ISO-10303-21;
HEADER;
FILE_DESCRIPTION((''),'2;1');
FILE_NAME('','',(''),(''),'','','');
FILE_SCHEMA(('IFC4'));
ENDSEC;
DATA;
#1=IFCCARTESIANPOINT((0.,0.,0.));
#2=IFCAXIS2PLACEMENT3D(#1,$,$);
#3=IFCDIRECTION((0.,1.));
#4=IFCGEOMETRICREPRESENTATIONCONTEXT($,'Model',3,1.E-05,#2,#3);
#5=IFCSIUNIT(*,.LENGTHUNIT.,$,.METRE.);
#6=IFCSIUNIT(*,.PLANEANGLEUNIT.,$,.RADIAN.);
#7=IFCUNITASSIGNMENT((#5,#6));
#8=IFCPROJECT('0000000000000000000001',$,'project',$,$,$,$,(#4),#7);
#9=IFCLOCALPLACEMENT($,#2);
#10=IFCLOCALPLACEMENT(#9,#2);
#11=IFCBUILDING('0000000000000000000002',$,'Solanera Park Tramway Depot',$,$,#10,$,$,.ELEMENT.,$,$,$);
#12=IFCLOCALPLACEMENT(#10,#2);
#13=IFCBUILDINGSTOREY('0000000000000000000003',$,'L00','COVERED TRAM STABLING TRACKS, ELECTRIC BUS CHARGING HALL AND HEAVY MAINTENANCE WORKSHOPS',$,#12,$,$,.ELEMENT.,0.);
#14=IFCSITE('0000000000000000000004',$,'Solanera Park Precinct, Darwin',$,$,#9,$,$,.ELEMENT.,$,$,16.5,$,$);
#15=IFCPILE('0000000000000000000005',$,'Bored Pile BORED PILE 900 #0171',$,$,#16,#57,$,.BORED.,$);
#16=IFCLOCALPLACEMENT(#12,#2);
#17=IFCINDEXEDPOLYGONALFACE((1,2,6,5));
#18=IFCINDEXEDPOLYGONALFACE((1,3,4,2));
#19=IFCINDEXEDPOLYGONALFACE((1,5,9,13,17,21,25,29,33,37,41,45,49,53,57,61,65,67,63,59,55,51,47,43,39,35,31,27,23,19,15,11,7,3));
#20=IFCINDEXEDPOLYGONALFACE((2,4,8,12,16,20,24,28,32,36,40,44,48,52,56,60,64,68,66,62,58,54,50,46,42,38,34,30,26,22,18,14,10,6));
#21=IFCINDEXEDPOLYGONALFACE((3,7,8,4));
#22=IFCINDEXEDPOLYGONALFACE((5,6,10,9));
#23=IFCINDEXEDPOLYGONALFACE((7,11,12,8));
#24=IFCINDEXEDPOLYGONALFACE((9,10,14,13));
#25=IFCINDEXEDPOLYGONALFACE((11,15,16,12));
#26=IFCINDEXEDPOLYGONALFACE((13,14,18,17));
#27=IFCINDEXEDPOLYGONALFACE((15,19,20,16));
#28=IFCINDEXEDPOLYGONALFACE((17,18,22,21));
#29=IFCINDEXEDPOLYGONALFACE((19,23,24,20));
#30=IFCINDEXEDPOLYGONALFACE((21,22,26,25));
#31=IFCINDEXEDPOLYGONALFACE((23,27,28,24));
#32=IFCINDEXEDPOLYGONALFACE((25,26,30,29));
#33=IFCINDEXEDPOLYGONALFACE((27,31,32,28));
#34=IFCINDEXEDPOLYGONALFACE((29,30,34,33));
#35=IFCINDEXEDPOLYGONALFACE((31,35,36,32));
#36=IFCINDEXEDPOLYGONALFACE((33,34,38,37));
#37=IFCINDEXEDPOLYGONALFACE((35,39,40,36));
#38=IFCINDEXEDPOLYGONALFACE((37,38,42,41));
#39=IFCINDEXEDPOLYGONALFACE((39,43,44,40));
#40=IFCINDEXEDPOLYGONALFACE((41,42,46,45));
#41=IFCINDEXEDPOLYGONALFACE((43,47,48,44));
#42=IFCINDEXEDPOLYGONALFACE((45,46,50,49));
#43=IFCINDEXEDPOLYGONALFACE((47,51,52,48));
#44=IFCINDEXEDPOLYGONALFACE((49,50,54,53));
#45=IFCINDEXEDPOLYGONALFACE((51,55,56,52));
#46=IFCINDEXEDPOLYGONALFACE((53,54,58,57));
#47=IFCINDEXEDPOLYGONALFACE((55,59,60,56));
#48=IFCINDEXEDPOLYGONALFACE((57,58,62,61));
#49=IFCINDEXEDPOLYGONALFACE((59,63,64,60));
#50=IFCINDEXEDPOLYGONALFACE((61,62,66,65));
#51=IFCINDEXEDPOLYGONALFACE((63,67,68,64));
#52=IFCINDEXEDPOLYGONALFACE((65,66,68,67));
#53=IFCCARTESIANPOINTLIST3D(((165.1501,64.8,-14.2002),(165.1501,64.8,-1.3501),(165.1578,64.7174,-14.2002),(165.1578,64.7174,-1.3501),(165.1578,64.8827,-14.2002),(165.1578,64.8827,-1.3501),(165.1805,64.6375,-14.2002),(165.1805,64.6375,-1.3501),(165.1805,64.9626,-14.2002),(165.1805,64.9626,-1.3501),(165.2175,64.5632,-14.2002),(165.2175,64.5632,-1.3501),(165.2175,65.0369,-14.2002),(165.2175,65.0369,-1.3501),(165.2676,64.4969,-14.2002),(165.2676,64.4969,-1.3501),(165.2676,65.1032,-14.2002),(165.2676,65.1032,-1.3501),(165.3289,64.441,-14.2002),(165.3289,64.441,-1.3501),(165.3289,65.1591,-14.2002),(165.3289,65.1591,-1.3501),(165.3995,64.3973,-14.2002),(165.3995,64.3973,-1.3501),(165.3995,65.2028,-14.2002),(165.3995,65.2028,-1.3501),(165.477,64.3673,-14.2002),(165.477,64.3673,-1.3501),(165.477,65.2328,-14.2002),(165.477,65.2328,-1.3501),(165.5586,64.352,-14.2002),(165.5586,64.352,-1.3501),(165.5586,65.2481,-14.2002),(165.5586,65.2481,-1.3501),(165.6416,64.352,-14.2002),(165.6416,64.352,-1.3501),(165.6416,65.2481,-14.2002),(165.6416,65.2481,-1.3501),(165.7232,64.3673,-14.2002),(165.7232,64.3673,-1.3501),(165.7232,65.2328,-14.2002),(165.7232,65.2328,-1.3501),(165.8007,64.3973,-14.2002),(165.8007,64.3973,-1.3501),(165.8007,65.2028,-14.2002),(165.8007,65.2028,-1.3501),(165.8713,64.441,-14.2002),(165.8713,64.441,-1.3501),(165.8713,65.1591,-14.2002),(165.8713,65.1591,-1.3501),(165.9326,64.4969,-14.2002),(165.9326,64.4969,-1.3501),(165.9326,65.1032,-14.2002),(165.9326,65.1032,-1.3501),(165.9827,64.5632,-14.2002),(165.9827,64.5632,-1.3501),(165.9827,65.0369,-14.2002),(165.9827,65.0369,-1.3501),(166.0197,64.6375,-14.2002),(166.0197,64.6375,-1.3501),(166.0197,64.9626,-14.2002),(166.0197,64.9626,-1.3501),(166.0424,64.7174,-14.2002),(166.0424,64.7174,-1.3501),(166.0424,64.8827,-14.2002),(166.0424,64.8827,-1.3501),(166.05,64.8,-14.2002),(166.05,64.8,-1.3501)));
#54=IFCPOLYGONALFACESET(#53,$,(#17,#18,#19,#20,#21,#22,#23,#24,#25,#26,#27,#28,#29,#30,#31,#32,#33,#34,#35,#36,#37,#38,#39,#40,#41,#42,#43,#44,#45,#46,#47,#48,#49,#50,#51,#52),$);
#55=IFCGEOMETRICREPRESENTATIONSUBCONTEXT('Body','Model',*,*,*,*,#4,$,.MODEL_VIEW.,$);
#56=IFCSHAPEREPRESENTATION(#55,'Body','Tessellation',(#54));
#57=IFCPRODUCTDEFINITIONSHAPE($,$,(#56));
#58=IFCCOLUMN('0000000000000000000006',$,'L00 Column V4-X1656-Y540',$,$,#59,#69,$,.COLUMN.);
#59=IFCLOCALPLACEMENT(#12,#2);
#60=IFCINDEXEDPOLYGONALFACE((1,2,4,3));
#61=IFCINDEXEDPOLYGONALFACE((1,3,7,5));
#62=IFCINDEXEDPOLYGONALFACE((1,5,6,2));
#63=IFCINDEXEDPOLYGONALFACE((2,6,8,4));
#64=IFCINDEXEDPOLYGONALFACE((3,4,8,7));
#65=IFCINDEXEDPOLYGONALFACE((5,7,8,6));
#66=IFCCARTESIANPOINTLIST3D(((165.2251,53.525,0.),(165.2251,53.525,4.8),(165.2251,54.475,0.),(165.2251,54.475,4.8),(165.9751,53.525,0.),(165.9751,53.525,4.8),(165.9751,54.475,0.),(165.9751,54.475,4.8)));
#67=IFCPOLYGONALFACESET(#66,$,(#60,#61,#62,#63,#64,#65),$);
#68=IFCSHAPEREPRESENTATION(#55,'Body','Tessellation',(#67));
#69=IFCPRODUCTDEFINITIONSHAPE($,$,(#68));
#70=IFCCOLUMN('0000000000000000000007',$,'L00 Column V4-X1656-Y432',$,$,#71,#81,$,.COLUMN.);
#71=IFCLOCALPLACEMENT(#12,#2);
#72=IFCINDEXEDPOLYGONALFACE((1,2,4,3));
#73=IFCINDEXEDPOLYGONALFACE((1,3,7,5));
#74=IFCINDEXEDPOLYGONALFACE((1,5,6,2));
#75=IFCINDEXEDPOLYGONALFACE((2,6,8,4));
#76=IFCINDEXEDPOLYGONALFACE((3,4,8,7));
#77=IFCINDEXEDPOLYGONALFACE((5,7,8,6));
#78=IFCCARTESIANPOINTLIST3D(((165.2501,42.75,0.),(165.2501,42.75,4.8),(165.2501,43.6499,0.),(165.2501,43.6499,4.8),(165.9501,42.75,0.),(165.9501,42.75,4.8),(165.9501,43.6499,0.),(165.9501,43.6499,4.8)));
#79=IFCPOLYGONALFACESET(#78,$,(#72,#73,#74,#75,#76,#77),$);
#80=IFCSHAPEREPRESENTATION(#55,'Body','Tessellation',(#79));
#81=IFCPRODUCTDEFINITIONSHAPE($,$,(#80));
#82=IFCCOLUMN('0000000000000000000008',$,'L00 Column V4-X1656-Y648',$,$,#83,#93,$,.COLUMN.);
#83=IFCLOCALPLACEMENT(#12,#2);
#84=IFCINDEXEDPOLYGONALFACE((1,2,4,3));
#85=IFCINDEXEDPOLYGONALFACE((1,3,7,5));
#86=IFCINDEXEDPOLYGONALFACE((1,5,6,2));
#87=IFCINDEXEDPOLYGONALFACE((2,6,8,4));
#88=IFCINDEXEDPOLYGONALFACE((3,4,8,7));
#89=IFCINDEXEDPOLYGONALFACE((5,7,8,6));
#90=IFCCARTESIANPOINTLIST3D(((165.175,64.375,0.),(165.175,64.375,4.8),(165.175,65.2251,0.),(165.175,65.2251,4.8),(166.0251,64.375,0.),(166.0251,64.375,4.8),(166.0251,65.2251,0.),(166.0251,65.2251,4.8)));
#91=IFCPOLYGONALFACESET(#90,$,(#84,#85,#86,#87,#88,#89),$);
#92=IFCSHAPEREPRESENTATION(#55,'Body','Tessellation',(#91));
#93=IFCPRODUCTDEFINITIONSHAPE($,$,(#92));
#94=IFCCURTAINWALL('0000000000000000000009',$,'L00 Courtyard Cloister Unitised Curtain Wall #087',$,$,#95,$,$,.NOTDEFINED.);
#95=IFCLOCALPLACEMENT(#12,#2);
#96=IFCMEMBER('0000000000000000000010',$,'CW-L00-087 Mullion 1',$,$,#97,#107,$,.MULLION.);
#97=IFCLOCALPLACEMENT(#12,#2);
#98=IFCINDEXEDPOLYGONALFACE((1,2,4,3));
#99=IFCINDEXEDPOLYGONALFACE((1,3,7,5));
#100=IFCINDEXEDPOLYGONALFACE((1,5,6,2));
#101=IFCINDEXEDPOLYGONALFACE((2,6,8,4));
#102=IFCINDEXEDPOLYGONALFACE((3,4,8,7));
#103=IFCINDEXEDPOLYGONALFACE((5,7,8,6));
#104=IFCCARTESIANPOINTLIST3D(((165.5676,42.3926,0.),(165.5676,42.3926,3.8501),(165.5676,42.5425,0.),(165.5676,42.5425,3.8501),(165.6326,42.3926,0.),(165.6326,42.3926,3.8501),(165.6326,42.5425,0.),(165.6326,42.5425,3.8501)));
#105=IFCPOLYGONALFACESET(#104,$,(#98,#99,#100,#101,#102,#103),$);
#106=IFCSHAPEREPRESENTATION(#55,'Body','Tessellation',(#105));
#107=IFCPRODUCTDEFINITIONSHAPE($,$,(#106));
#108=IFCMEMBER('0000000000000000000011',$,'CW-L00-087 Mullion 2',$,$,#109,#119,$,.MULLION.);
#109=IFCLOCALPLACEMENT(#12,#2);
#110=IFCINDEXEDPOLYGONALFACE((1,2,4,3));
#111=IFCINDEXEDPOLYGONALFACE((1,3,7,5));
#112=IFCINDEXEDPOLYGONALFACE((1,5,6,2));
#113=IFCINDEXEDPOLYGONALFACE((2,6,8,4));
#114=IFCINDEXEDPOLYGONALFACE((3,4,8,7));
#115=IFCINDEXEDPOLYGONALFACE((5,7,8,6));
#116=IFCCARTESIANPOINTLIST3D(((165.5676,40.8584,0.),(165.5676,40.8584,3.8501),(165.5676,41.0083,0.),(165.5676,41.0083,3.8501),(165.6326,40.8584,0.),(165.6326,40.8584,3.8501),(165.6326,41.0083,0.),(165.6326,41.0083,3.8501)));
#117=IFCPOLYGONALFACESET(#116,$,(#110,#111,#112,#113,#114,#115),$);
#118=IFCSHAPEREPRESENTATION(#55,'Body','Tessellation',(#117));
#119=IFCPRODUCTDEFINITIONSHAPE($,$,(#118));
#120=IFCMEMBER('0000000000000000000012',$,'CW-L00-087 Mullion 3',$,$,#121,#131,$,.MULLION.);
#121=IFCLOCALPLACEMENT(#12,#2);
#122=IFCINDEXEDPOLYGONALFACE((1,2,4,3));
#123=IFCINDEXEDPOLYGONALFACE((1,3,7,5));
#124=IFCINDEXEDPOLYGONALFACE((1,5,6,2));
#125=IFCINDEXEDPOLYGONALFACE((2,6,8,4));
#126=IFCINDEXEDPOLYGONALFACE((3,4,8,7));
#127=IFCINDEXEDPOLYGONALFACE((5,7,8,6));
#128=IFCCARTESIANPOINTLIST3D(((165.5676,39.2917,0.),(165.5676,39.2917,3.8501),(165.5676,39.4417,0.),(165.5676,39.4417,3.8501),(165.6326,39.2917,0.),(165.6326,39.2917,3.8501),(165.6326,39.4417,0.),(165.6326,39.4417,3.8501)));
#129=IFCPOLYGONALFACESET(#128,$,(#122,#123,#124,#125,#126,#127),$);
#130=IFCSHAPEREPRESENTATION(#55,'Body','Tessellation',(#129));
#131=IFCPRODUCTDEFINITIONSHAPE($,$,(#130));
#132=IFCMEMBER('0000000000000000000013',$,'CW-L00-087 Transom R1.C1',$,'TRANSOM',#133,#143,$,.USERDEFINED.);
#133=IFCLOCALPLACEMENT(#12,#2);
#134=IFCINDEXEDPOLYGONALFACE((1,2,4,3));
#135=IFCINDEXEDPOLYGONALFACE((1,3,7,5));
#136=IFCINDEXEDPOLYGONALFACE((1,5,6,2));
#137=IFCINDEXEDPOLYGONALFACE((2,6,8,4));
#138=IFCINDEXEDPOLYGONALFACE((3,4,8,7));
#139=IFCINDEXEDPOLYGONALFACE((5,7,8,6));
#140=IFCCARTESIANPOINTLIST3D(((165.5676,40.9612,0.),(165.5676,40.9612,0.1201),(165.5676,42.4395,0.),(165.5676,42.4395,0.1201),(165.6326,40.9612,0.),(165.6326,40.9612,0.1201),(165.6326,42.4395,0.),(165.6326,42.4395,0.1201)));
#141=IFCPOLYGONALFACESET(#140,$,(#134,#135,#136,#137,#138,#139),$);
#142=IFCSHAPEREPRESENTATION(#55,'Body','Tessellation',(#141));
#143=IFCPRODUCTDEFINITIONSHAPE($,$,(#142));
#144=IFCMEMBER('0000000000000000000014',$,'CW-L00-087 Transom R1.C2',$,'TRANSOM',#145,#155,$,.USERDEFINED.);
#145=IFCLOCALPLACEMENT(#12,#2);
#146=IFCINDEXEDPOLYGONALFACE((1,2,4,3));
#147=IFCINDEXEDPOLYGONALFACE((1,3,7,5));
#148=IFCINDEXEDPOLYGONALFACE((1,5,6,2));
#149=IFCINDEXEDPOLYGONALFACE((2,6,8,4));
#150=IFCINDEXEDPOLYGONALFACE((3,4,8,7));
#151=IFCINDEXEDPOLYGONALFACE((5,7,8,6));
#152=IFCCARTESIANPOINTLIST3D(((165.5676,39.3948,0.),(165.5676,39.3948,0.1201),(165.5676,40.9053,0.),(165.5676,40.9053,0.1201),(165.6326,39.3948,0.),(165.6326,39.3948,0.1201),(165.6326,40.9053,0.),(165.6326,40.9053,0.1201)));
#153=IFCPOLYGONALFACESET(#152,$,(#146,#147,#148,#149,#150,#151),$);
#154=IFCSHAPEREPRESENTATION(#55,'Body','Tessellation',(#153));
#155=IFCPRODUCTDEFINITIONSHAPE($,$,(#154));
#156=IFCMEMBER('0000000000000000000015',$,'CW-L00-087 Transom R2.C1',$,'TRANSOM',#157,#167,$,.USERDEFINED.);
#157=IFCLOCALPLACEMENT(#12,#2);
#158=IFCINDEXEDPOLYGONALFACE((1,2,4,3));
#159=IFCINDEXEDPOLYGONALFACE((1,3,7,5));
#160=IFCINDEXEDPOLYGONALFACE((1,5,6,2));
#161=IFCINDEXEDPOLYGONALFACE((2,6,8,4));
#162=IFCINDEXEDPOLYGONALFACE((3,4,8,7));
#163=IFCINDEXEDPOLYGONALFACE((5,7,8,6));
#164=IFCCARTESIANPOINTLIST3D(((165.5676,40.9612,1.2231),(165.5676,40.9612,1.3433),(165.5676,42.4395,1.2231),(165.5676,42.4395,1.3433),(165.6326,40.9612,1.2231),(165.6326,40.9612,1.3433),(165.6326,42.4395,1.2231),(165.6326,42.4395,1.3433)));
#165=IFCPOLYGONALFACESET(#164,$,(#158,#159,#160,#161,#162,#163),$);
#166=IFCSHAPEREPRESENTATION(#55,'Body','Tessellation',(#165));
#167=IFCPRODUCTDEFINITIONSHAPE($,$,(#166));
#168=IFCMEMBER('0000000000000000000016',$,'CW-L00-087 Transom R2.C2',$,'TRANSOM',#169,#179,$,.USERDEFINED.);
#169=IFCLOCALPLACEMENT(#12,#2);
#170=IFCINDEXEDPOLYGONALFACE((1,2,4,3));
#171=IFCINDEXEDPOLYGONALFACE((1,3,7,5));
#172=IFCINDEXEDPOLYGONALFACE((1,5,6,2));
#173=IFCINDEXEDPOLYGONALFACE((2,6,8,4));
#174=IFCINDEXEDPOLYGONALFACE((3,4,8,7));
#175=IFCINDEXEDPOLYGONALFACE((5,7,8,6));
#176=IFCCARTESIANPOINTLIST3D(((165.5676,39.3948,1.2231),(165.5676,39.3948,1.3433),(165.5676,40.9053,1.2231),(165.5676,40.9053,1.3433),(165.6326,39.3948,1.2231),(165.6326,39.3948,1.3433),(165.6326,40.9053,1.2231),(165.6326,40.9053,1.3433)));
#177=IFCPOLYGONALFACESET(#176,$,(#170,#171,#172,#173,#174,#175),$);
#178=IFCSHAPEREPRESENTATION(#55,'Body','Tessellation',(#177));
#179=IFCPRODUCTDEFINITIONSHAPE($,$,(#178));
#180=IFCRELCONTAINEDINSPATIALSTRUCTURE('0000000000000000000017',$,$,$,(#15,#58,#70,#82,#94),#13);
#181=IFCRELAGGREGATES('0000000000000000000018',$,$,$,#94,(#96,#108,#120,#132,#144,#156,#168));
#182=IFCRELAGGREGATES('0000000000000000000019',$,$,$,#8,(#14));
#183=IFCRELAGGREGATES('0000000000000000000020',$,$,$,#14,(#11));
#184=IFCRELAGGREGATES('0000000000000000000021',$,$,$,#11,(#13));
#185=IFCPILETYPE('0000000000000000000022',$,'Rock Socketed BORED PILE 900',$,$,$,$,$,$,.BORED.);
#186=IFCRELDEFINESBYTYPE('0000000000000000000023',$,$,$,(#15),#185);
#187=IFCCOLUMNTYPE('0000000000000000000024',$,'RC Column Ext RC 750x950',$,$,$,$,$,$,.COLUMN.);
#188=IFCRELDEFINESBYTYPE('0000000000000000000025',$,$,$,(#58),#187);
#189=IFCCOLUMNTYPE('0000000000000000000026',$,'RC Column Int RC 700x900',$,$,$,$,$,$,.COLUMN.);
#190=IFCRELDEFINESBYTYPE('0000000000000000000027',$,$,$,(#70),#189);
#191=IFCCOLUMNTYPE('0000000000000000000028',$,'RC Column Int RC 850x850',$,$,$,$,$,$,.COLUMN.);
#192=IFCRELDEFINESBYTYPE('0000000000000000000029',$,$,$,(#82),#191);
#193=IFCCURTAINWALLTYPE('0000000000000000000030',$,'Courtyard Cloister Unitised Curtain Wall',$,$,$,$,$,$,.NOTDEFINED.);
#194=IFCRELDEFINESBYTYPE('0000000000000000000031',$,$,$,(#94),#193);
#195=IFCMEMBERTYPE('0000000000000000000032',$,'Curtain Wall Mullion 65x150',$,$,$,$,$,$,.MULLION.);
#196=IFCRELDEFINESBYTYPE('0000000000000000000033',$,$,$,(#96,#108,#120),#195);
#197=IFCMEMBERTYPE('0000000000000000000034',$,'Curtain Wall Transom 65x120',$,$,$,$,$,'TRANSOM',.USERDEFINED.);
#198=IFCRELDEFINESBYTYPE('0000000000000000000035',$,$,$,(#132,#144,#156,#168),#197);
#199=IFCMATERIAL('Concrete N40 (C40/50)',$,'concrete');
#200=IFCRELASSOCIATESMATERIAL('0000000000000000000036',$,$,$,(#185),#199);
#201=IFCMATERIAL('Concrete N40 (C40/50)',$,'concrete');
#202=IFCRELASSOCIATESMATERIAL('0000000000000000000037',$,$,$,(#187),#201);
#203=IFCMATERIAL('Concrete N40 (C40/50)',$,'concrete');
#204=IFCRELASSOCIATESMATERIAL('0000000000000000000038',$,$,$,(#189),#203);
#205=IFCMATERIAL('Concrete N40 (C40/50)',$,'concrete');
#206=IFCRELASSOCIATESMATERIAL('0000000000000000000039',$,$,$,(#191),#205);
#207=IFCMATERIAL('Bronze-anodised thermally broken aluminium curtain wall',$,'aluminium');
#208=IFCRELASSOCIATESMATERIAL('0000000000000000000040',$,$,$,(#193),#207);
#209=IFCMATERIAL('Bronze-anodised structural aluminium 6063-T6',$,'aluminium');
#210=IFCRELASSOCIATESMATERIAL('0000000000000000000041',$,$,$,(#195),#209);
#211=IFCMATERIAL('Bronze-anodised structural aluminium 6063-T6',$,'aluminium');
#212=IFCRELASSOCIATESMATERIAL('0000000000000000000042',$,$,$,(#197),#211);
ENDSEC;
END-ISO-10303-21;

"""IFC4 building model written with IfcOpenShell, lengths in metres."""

from ifc_helpers import new_model, si_unit, direction, frame, origin, origin_2d, place, context, subcontext, project, spatial, rectangle, circle, extrude, material, material_profile, profile_set, type_object, element, aggregate, save


model = new_model("IFC4")

# Units and contexts
model_context = context("Model", 3, precision=1e-05, world=origin(), true_north=direction((0.0, 1.0)))
body_context = subcontext(model_context, "Body", "Model", "MODEL_VIEW")
ifc_project = project(units=[si_unit("LENGTHUNIT", "METRE"), si_unit("PLANEANGLEUNIT", "RADIAN")], contexts=[model_context])

# Site, building, storey
site_placement = place(None, origin())
site = spatial("IfcSite", under=ifc_project, at=site_placement, Name="Solanera Park Precinct, Darwin", CompositionType="ELEMENT", RefElevation=16.5)
building_placement = place(site_placement, origin())
building = spatial("IfcBuilding", under=site, at=building_placement, Name="Solanera Park Tramway Depot", CompositionType="ELEMENT")
storey_placement = place(building_placement, origin())
storey = spatial("IfcBuildingStorey", under=building, at=storey_placement, Name="L00", Description="COVERED TRAM STABLING TRACKS, ELECTRIC BUS CHARGING HALL AND HEAVY MAINTENANCE WORKSHOPS", CompositionType="ELEMENT", Elevation=0.0)

# Pile
ifc_material_1 = material(Name="Concrete N40 (C40/50)", Category="concrete")
ifc_material_profile_1 = material_profile(ifc_material_1, circle(Radius=0.45, at=origin_2d()), Name="BORED PILE 900")
ifc_profile_set_1 = profile_set([ifc_material_profile_1], Name="Concrete N40 (C40/50)")
pile_type = type_object("IfcPileType", Name="Rock Socketed BORED PILE 900", PredefinedType="BORED", material=ifc_profile_set_1)
pile_placement = place(storey_placement, frame((165.6001, 64.8, -1.3501), z_axis=(0.0, 0.0, -1.0), x_axis=(1.0, 0.0, 0.0)))
element("IfcPile", 1, at=pile_placement, inside=storey, type_object=pile_type, Name="Bored Pile BORED PILE 900 #0171", PredefinedType="BORED", context=body_context, shape_type="SweptSolid", body=[
    extrude(circle(Radius=0.45, at=origin_2d()), origin(), (0.0, 0.0, 1.0), 12.8501),
])

# Columns
ifc_material_2 = material(Name="Concrete N40 (C40/50)", Category="concrete")
ifc_material_profile_2 = material_profile(ifc_material_2, rectangle(XDim=0.75, YDim=0.95, at=origin_2d()), Name="RC 750x950")
ifc_profile_set_2 = profile_set([ifc_material_profile_2], Name="Concrete N40 (C40/50)")
column_type_1 = type_object("IfcColumnType", Name="RC Column Ext RC 750x950", PredefinedType="COLUMN", material=ifc_profile_set_2)
column_1_placement = place(storey_placement, frame((165.6001, 54.0, 0.0), z_axis=(0.0, 0.0, 1.0), x_axis=(1.0, 0.0, 0.0)))
element("IfcColumn", 2, at=column_1_placement, inside=storey, type_object=column_type_1, Name="L00 Column V4-X1656-Y540", PredefinedType="COLUMN", context=body_context, shape_type="SweptSolid", body=[
    extrude(rectangle(XDim=0.75, YDim=0.95, at=origin_2d()), origin(), (0.0, 0.0, 1.0), 4.8),
])
ifc_material_3 = material(Name="Concrete N40 (C40/50)", Category="concrete")
ifc_material_profile_3 = material_profile(ifc_material_3, rectangle(XDim=0.7, YDim=0.8999, at=origin_2d()), Name="RC 700x900")
ifc_profile_set_3 = profile_set([ifc_material_profile_3], Name="Concrete N40 (C40/50)")
column_type_2 = type_object("IfcColumnType", Name="RC Column Int RC 700x900", PredefinedType="COLUMN", material=ifc_profile_set_3)
column_2_placement = place(storey_placement, frame((165.6001, 43.2, 0.0), z_axis=(0.0, 0.0, 1.0), x_axis=(1.0, 0.0, 0.0)))
element("IfcColumn", 3, at=column_2_placement, inside=storey, type_object=column_type_2, Name="L00 Column V4-X1656-Y432", PredefinedType="COLUMN", context=body_context, shape_type="SweptSolid", body=[
    extrude(rectangle(XDim=0.7, YDim=0.8999, at=origin_2d()), origin(), (0.0, 0.0, 1.0), 4.8),
])
ifc_material_4 = material(Name="Concrete N40 (C40/50)", Category="concrete")
ifc_material_profile_4 = material_profile(ifc_material_4, rectangle(XDim=0.8501, YDim=0.8501, at=origin_2d()), Name="RC 850x850")
ifc_profile_set_4 = profile_set([ifc_material_profile_4], Name="Concrete N40 (C40/50)")
column_type_3 = type_object("IfcColumnType", Name="RC Column Int RC 850x850", PredefinedType="COLUMN", material=ifc_profile_set_4)
column_3_placement = place(storey_placement, frame((165.6001, 64.8, 0.0), z_axis=(0.0, 0.0, 1.0), x_axis=(1.0, 0.0, 0.0)))
element("IfcColumn", 4, at=column_3_placement, inside=storey, type_object=column_type_3, Name="L00 Column V4-X1656-Y648", PredefinedType="COLUMN", context=body_context, shape_type="SweptSolid", body=[
    extrude(rectangle(XDim=0.8501, YDim=0.8501, at=origin_2d()), origin(), (0.0, 0.0, 1.0), 4.8),
])

# Curtain wall, members
ifc_material_5 = material(Name="Bronze-anodised thermally broken aluminium curtain wall", Category="aluminium")
curtain_wall_type = type_object("IfcCurtainWallType", Name="Courtyard Cloister Unitised Curtain Wall", PredefinedType="NOTDEFINED", material=ifc_material_5)
curtain_wall_placement = place(storey_placement, origin())
curtain_wall = element("IfcCurtainWall", 5, at=curtain_wall_placement, inside=storey, type_object=curtain_wall_type, Name="L00 Courtyard Cloister Unitised Curtain Wall #087", PredefinedType="NOTDEFINED")
ifc_material_6 = material(Name="Bronze-anodised structural aluminium 6063-T6", Category="aluminium")
ifc_material_profile_5 = material_profile(ifc_material_6, rectangle(XDim=0.0649, YDim=0.1499, at=origin_2d()), Name="Curtain Wall Mullion 65x150")
ifc_profile_set_5 = profile_set([ifc_material_profile_5], Name="Bronze-anodised structural aluminium 6063-T6")
member_type_1 = type_object("IfcMemberType", Name="Curtain Wall Mullion 65x150", PredefinedType="MULLION", material=ifc_profile_set_5)
member_1_placement = place(storey_placement, frame((165.6001, 42.4675, 0.0), z_axis=(0.0, 0.0, 1.0), x_axis=(1.0, 0.0, 0.0)))
member_1 = element("IfcMember", 6, at=member_1_placement, type_object=member_type_1, Name="CW-L00-087 Mullion 1", PredefinedType="MULLION", context=body_context, shape_type="SweptSolid", body=[
    extrude(rectangle(XDim=0.0649, YDim=0.1499, at=origin_2d()), origin(), (0.0, 0.0, 1.0), 3.8501),
])
member_2_placement = place(storey_placement, frame((165.6001, 40.9333, 0.0), z_axis=(0.0, 0.0, 1.0), x_axis=(1.0, 0.0, 0.0)))
member_2 = element("IfcMember", 7, at=member_2_placement, type_object=member_type_1, Name="CW-L00-087 Mullion 2", PredefinedType="MULLION", context=body_context, shape_type="SweptSolid", body=[
    extrude(rectangle(XDim=0.0649, YDim=0.1499, at=origin_2d()), origin(), (0.0, 0.0, 1.0), 3.8501),
])
member_3_placement = place(storey_placement, frame((165.6001, 39.3667, 0.0), z_axis=(0.0, 0.0, 1.0), x_axis=(1.0, 0.0, 0.0)))
member_3 = element("IfcMember", 8, at=member_3_placement, type_object=member_type_1, Name="CW-L00-087 Mullion 3", PredefinedType="MULLION", context=body_context, shape_type="SweptSolid", body=[
    extrude(rectangle(XDim=0.0649, YDim=0.1499, at=origin_2d()), origin(), (0.0, 0.0, 1.0), 3.8501),
])
ifc_material_7 = material(Name="Bronze-anodised structural aluminium 6063-T6", Category="aluminium")
ifc_material_profile_6 = material_profile(ifc_material_7, rectangle(XDim=0.0649, YDim=0.1201, at=origin_2d()), Name="Curtain Wall Transom 65x120")
ifc_profile_set_6 = profile_set([ifc_material_profile_6], Name="Bronze-anodised structural aluminium 6063-T6")
member_type_2 = type_object("IfcMemberType", Name="Curtain Wall Transom 65x120", ElementType="TRANSOM", PredefinedType="USERDEFINED", material=ifc_profile_set_6)
member_4_placement = place(storey_placement, frame((165.6001, 42.4395, 0.0601), z_axis=(0.0, -1.0, 0.0), x_axis=(1.0, 0.0, 0.0)))
member_4 = element("IfcMember", 9, at=member_4_placement, type_object=member_type_2, Name="CW-L00-087 Transom R1.C1", ObjectType="TRANSOM", PredefinedType="USERDEFINED", context=body_context, shape_type="SweptSolid", body=[
    extrude(rectangle(XDim=0.0649, YDim=0.1201, at=origin_2d()), origin(), (0.0, 0.0, 1.0), 1.4783),
])
member_5_placement = place(storey_placement, frame((165.6001, 40.9053, 0.0601), z_axis=(0.0, -1.0, 0.0), x_axis=(1.0, 0.0, 0.0)))
member_5 = element("IfcMember", 10, at=member_5_placement, type_object=member_type_2, Name="CW-L00-087 Transom R1.C2", ObjectType="TRANSOM", PredefinedType="USERDEFINED", context=body_context, shape_type="SweptSolid", body=[
    extrude(rectangle(XDim=0.0649, YDim=0.1201, at=origin_2d()), origin(), (0.0, 0.0, 1.0), 1.5105),
])
member_6_placement = place(storey_placement, frame((165.6001, 42.4395, 1.2832), z_axis=(0.0, -1.0, 0.0), x_axis=(1.0, 0.0, 0.0)))
member_6 = element("IfcMember", 11, at=member_6_placement, type_object=member_type_2, Name="CW-L00-087 Transom R2.C1", ObjectType="TRANSOM", PredefinedType="USERDEFINED", context=body_context, shape_type="SweptSolid", body=[
    extrude(rectangle(XDim=0.0649, YDim=0.1201, at=origin_2d()), origin(), (0.0, 0.0, 1.0), 1.4783),
])
member_7_placement = place(storey_placement, frame((165.6001, 40.9053, 1.2832), z_axis=(0.0, -1.0, 0.0), x_axis=(1.0, 0.0, 0.0)))
member_7 = element("IfcMember", 12, at=member_7_placement, type_object=member_type_2, Name="CW-L00-087 Transom R2.C2", ObjectType="TRANSOM", PredefinedType="USERDEFINED", context=body_context, shape_type="SweptSolid", body=[
    extrude(rectangle(XDim=0.0649, YDim=0.1201, at=origin_2d()), origin(), (0.0, 0.0, 1.0), 1.5105),
])
aggregate(curtain_wall, [member_1, member_2, member_3, member_4, member_5, member_6, member_7])

save(model, "model.ifc")
